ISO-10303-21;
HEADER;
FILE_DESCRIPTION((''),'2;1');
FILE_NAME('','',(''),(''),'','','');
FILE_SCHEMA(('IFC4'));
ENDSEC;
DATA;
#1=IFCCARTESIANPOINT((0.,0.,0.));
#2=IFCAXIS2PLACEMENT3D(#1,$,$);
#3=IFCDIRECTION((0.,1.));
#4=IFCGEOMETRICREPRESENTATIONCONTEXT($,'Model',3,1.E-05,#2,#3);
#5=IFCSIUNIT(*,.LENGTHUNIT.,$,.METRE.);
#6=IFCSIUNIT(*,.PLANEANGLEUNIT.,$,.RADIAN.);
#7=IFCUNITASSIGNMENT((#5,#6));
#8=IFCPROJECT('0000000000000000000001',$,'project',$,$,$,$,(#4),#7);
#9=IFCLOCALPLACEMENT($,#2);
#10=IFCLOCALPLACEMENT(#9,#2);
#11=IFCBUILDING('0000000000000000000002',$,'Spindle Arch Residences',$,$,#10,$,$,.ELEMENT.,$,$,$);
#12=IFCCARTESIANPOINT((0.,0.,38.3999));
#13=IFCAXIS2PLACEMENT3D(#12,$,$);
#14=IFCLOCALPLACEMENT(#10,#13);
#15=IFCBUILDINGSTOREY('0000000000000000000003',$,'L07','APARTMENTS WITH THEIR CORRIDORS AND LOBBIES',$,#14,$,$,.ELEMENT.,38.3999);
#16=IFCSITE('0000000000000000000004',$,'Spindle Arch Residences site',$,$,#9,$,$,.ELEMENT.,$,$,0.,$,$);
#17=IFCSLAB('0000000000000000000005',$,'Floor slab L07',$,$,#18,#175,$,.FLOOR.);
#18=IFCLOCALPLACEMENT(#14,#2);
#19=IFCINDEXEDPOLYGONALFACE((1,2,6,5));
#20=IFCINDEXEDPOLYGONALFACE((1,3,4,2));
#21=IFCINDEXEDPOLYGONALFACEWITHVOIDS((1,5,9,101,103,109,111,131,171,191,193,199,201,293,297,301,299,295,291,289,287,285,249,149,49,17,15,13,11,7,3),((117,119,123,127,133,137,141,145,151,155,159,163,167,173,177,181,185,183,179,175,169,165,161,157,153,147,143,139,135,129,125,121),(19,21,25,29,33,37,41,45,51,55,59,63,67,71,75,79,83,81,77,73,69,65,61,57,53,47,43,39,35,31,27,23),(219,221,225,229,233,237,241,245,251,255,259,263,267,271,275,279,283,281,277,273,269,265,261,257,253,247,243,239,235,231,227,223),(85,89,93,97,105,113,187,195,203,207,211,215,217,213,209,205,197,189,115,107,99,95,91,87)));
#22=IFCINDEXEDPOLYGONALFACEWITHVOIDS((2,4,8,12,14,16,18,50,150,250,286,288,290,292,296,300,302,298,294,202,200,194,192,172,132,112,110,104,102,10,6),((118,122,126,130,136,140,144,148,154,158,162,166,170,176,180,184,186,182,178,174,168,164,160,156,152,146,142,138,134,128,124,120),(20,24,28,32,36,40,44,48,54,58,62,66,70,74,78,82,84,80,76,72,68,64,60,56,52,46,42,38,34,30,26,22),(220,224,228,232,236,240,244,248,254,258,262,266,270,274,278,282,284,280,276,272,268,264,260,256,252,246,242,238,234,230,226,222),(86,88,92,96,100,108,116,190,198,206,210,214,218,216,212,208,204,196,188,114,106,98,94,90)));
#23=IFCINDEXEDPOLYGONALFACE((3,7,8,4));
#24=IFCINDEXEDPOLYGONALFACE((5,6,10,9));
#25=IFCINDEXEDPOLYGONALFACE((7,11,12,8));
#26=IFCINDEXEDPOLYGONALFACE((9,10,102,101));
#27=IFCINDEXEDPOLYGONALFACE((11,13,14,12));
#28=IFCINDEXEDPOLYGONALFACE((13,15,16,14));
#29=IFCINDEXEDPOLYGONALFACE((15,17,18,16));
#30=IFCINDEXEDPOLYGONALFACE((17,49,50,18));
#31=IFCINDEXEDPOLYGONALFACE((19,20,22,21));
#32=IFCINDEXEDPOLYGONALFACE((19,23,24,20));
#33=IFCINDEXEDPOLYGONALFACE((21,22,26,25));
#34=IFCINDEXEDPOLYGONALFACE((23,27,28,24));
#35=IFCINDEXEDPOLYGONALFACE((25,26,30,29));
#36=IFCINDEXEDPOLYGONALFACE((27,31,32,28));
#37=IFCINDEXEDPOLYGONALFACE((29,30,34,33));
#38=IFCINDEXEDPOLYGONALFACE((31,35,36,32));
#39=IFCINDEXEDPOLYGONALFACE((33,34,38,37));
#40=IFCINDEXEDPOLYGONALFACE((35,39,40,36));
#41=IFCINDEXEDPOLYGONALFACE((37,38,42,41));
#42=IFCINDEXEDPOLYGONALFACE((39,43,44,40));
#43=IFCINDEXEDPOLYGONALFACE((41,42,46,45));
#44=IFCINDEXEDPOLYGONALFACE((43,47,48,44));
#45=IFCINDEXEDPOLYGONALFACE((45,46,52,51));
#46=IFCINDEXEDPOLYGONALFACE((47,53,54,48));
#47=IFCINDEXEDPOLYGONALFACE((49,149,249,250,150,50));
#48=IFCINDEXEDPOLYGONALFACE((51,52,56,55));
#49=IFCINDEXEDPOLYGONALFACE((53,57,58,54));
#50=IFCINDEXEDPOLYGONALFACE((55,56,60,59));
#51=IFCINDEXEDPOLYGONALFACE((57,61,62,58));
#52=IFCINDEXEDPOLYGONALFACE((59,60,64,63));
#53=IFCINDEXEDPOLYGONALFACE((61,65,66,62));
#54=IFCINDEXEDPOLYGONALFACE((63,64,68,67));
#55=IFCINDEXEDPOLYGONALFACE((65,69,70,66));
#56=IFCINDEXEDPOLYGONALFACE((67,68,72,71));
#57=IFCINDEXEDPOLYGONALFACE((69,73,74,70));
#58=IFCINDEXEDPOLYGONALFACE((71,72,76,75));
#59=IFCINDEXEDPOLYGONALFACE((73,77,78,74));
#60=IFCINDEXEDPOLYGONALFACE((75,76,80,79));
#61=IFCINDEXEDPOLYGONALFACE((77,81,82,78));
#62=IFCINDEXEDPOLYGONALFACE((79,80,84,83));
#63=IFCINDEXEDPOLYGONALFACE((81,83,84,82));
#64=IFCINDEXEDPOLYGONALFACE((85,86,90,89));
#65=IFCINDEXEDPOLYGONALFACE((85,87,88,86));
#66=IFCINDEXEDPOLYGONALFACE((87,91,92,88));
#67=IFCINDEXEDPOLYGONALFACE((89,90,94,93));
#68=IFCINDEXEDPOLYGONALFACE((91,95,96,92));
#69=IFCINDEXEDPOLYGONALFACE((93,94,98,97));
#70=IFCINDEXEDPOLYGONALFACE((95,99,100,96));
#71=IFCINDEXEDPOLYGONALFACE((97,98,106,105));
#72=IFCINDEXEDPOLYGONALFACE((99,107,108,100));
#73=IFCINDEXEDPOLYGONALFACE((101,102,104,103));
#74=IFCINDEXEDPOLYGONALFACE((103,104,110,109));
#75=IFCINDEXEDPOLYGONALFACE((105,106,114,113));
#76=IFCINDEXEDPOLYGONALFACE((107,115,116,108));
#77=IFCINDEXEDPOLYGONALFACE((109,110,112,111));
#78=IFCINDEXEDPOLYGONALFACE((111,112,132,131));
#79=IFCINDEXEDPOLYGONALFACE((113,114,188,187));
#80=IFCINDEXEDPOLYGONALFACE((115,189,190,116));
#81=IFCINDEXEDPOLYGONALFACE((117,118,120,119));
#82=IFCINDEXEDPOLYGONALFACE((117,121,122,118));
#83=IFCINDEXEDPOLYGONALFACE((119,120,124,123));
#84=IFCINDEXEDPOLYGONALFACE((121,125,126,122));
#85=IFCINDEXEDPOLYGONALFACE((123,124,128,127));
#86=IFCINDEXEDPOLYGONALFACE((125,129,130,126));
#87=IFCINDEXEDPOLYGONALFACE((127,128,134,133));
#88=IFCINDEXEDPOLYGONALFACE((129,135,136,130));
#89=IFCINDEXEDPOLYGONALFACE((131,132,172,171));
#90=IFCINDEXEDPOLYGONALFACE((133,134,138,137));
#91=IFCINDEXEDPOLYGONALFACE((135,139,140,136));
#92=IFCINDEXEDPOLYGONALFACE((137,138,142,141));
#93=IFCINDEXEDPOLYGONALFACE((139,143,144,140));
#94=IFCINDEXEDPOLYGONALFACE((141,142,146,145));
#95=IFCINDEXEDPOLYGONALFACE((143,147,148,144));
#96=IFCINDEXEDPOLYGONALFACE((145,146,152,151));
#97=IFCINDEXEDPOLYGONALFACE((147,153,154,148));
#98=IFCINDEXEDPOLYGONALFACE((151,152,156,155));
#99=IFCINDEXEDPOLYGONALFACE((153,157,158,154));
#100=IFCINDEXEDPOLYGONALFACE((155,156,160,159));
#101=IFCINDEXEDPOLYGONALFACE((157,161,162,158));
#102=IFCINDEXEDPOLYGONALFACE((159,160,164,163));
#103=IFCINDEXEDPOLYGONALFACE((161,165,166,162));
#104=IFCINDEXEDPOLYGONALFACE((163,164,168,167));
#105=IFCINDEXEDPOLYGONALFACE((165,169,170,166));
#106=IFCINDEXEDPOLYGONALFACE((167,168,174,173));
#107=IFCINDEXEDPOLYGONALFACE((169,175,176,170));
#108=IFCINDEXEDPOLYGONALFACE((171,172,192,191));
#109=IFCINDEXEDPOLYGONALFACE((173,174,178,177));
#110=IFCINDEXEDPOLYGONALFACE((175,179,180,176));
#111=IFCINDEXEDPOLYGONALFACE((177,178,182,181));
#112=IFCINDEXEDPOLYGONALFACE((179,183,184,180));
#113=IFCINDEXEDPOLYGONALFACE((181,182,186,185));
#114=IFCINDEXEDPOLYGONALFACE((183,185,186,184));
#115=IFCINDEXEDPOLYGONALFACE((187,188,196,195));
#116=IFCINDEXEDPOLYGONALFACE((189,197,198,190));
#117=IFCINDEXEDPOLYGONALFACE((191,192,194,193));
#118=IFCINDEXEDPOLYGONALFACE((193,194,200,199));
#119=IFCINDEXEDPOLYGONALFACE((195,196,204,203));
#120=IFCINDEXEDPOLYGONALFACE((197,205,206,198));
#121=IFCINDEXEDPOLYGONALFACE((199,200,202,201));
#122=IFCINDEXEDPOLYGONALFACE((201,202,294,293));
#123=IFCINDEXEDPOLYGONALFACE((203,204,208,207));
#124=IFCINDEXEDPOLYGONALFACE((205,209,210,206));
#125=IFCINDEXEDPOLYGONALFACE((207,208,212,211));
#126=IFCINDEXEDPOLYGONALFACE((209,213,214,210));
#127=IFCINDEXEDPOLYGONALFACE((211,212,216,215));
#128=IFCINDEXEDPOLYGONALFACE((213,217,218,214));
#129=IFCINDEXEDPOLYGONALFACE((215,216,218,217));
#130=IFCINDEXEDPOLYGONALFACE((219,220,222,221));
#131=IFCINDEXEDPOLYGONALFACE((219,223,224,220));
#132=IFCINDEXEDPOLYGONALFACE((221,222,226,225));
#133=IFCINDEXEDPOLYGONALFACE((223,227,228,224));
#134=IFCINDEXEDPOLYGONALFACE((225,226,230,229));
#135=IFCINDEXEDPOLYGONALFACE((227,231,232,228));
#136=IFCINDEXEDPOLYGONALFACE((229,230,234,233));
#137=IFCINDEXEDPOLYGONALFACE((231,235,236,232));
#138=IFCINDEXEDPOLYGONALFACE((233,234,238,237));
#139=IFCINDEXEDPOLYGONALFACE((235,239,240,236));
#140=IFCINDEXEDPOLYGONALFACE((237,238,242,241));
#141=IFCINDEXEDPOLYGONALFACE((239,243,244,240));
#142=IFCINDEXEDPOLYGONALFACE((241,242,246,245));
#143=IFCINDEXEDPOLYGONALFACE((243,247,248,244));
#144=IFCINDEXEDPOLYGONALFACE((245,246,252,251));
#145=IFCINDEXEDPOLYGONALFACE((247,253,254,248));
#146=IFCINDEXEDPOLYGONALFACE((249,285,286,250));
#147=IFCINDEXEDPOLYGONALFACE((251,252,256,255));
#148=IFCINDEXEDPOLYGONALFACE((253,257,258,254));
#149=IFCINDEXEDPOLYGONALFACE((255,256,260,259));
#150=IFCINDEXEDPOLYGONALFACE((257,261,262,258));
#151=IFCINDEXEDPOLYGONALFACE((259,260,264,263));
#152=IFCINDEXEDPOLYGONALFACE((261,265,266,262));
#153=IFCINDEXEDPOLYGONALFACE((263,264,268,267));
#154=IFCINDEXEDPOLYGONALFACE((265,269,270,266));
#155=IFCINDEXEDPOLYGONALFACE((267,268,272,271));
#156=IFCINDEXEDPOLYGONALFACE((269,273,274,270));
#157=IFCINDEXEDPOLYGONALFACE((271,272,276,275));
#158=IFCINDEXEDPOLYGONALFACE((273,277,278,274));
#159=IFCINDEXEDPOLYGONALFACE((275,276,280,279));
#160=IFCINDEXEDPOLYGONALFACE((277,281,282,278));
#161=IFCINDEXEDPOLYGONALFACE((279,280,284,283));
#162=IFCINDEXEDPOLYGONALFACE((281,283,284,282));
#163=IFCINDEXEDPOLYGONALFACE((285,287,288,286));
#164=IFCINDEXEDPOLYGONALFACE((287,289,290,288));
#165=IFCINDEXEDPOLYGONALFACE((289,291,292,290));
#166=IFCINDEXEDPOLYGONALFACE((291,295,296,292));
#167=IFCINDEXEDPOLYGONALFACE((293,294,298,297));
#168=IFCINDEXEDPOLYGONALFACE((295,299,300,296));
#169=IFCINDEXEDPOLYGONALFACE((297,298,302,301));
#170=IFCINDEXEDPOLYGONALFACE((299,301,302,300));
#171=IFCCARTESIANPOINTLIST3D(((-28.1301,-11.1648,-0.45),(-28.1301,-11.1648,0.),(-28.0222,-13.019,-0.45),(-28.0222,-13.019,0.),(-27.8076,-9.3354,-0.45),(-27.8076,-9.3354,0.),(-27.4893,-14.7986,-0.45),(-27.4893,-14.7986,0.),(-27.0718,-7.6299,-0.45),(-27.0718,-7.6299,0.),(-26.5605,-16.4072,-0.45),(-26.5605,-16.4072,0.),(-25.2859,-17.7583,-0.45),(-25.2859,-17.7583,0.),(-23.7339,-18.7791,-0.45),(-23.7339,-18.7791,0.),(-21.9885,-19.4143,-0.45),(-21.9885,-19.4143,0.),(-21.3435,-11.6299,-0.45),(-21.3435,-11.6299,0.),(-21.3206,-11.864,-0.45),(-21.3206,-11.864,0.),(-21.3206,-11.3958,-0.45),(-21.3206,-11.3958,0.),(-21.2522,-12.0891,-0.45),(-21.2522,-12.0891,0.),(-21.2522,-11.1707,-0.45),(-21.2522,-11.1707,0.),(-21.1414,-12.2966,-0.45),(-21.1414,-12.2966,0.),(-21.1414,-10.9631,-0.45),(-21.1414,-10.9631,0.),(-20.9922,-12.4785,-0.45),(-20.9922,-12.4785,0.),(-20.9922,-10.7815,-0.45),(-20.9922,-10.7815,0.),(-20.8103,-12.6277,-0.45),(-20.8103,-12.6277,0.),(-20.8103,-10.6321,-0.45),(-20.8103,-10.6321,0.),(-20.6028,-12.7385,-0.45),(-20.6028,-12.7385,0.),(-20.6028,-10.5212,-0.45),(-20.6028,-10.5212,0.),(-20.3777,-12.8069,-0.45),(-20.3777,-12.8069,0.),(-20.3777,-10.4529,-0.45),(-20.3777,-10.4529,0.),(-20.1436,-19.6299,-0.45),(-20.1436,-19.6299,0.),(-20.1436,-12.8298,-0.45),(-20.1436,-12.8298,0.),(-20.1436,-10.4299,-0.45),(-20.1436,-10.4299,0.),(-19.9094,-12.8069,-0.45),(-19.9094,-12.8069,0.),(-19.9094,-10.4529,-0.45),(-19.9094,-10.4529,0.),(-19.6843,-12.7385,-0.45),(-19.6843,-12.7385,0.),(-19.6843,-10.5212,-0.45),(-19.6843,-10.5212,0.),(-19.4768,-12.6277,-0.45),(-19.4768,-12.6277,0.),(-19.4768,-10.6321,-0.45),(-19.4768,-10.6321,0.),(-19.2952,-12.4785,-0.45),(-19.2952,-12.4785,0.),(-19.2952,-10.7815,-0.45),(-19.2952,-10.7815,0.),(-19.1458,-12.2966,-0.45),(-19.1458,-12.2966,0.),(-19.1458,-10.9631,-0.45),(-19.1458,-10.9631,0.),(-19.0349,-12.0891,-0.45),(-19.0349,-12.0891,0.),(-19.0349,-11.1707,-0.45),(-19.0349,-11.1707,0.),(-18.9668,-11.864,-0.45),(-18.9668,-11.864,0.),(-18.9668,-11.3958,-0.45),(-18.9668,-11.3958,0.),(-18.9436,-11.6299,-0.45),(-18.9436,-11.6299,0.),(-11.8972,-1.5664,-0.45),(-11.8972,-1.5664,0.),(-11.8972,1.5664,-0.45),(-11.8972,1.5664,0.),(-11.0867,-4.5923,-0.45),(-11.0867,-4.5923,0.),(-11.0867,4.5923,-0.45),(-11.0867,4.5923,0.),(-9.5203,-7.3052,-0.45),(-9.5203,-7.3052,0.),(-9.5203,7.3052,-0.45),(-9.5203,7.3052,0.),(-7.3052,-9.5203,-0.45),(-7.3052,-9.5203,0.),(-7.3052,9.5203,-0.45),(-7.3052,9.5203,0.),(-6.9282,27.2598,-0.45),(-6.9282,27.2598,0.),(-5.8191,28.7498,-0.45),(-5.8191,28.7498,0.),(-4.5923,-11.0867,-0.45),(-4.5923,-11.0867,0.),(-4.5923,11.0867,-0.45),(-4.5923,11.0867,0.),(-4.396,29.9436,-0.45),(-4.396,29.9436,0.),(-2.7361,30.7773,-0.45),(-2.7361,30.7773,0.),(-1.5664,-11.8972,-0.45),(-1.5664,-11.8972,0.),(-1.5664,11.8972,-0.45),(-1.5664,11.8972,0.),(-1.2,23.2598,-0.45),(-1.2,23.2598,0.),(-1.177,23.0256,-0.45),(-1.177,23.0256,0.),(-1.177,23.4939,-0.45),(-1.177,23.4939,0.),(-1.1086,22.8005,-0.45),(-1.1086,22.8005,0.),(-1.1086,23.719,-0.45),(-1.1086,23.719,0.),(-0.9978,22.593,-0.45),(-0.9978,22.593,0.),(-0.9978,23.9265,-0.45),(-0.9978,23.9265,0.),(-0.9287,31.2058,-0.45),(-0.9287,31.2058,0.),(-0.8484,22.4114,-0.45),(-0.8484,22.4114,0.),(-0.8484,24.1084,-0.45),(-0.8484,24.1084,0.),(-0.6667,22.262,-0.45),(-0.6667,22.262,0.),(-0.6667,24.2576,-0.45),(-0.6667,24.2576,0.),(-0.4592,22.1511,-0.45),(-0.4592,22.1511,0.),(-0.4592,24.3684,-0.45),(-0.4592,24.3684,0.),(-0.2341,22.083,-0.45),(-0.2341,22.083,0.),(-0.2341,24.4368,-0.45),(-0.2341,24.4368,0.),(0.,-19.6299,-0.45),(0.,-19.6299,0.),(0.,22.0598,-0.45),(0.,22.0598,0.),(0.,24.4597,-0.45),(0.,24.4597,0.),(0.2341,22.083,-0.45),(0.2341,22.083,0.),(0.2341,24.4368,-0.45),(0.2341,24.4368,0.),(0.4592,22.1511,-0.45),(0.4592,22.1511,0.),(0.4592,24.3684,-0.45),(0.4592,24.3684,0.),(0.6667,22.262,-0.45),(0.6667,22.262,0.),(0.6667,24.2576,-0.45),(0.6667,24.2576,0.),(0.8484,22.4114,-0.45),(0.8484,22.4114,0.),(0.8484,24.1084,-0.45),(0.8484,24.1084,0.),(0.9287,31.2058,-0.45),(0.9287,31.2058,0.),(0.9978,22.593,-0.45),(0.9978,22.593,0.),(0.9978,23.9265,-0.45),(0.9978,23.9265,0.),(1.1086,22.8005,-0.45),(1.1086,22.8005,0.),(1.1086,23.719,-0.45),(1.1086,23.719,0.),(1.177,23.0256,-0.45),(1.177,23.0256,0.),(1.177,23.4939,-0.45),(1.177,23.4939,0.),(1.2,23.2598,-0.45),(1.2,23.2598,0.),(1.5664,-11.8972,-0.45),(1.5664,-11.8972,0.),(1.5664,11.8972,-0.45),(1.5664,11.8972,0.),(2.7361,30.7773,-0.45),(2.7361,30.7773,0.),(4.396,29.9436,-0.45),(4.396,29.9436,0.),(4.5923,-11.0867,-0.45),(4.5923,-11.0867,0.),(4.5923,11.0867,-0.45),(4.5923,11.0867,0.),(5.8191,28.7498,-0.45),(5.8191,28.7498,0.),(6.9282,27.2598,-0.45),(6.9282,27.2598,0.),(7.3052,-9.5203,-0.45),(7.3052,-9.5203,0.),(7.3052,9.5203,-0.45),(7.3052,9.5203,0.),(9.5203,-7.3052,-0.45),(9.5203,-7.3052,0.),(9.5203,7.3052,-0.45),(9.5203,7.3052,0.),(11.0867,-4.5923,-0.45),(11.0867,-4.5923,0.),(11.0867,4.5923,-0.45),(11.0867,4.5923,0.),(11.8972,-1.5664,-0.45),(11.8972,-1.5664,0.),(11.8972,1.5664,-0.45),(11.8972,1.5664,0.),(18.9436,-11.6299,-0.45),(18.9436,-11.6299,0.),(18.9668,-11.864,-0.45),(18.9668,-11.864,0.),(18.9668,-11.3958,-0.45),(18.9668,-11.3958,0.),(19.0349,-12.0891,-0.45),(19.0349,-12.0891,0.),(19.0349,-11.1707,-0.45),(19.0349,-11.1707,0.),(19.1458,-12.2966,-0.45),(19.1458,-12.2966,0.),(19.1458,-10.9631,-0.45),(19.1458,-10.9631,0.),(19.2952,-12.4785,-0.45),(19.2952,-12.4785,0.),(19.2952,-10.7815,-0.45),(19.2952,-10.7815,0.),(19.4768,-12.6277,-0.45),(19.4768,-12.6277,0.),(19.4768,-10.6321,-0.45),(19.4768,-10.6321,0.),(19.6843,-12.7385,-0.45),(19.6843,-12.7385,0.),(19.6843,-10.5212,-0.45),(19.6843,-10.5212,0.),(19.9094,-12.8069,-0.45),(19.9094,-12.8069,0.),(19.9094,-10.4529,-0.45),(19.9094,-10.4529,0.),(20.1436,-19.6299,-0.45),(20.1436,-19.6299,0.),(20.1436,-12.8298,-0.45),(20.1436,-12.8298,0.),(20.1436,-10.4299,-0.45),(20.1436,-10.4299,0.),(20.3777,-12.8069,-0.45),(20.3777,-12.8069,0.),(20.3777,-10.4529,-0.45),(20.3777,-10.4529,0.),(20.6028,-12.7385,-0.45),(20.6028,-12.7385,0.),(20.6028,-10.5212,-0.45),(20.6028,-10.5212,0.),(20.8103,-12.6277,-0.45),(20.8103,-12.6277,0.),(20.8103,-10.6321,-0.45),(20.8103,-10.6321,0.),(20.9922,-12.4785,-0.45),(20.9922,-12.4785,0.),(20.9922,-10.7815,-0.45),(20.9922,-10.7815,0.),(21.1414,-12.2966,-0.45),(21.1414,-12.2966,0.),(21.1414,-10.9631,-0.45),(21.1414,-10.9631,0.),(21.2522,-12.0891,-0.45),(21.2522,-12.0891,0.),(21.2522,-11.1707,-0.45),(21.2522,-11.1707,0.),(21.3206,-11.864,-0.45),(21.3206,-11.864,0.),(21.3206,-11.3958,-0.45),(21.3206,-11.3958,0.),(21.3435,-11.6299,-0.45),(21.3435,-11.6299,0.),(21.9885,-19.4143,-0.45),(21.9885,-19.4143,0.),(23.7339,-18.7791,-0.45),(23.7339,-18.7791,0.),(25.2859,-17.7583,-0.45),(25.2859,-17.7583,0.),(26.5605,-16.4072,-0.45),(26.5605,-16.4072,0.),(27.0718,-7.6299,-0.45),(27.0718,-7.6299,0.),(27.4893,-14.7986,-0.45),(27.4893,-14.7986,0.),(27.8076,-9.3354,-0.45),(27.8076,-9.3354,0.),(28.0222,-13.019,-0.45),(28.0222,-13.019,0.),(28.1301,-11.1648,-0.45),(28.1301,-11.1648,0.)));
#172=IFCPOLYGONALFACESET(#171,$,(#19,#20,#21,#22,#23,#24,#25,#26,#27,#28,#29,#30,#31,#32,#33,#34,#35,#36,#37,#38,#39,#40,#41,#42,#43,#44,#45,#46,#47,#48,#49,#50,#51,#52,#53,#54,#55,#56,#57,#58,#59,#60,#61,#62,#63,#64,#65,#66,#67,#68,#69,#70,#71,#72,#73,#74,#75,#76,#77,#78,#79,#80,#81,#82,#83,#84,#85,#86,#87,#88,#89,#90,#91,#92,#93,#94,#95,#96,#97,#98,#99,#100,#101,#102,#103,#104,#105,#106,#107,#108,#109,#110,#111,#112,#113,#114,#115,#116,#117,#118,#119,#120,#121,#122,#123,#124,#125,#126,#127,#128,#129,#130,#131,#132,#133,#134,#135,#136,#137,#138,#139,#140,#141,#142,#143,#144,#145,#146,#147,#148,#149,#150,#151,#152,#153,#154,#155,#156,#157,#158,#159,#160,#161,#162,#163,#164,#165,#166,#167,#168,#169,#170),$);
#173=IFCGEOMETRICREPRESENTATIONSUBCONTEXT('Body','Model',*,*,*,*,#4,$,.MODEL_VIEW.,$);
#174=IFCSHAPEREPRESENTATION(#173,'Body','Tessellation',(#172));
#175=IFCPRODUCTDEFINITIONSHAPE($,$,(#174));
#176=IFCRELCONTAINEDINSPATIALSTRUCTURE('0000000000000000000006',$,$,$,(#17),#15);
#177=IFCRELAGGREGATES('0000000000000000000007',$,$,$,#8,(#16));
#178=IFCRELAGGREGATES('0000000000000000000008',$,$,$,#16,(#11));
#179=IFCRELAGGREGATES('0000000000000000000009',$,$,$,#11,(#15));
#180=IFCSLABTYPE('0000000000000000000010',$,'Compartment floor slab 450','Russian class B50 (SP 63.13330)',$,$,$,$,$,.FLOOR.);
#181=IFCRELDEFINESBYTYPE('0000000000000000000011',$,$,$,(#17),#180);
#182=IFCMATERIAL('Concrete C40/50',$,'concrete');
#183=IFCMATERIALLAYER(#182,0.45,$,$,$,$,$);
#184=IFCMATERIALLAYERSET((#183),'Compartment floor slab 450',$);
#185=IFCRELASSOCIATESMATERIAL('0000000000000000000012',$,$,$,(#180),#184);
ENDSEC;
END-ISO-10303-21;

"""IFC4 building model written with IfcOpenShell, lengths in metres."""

from ifc_helpers import new_model, si_unit, direction, frame, origin, place, context, subcontext, project, spatial, polyline, outline, extrude, material, layer, layer_set, type_object, element, save


model = new_model("IFC4")

# Units and contexts
model_context = context("Model", 3, precision=1e-05, world=origin(), true_north=direction((0.0, 1.0)))
body_context = subcontext(model_context, "Body", "Model", "MODEL_VIEW")
ifc_project = project(units=[si_unit("LENGTHUNIT", "METRE"), si_unit("PLANEANGLEUNIT", "RADIAN")], contexts=[model_context])

# Site, building, storey
site_placement = place(None, origin())
site = spatial("IfcSite", under=ifc_project, at=site_placement, Name="Spindle Arch Residences site", CompositionType="ELEMENT", RefElevation=0.0)
building_placement = place(site_placement, origin())
building = spatial("IfcBuilding", under=site, at=building_placement, Name="Spindle Arch Residences", CompositionType="ELEMENT")
storey_placement = place(building_placement, frame((0.0, 0.0, 38.3999)))
storey = spatial("IfcBuildingStorey", under=building, at=storey_placement, Name="L07", Description="APARTMENTS WITH THEIR CORRIDORS AND LOBBIES", CompositionType="ELEMENT", Elevation=38.3999)

# Slab
ifc_material_1 = material(Name="Concrete C40/50", Category="concrete")
ifc_layer_1 = layer(ifc_material_1, 0.45)
ifc_layer_set_1 = layer_set([ifc_layer_1], Name="Compartment floor slab 450")
slab_type_1 = type_object("IfcSlabType", Name="Compartment floor slab 450", Description="Russian class B50 (SP 63.13330)", PredefinedType="FLOOR", material=ifc_layer_set_1)
slab_1_placement = place(storey_placement, frame((0.0, 0.0, -0.45)))
element("IfcSlab", 1, at=slab_1_placement, inside=storey, type_object=slab_type_1, Name="Floor slab L07", PredefinedType="FLOOR", context=body_context, shape_type="SweptSolid", body=[
    extrude(outline(polyline([(-21.9885, -19.4143), (-23.7339, -18.7791), (-25.2859, -17.7583), (-26.5605, -16.4072), (-27.4893, -14.7986), (-28.0222, -13.019), (-28.1301, -11.1648), (-27.8076, -9.3354), (-27.0718, -7.6299), (-6.9282, 27.2598), (-5.8191, 28.7498), (-4.396, 29.9436), (-2.7361, 30.7773), (-0.9287, 31.2058), (0.9287, 31.2058), (2.7361, 30.7773), (4.396, 29.9436), (5.8191, 28.7498), (6.9282, 27.2598), (27.0718, -7.6299), (27.8076, -9.3354), (28.1301, -11.1648), (28.0222, -13.019), (27.4893, -14.7986), (26.5605, -16.4072), (25.2859, -17.7583), (23.7339, -18.7791), (21.9885, -19.4143), (20.1436, -19.6299), (0.0, -19.6299), (-20.1436, -19.6299), (-21.9885, -19.4143)]), holes=[polyline([(7.3052, -9.5203), (9.5203, -7.3052), (11.0867, -4.5923), (11.8972, -1.5664), (11.8972, 1.5664), (11.0867, 4.5923), (9.5203, 7.3052), (7.3052, 9.5203), (4.5923, 11.0867), (1.5664, 11.8972), (-1.5664, 11.8972), (-4.5923, 11.0867), (-7.3052, 9.5203), (-9.5203, 7.3052), (-11.0867, 4.5923), (-11.8972, 1.5664), (-11.8972, -1.5664), (-11.0867, -4.5923), (-9.5203, -7.3052), (-7.3052, -9.5203), (-4.5923, -11.0867), (-1.5664, -11.8972), (1.5664, -11.8972), (4.5923, -11.0867), (7.3052, -9.5203)]), polyline([(-19.2952, -12.4785), (-19.1458, -12.2966), (-19.0349, -12.0891), (-18.9668, -11.864), (-18.9436, -11.6299), (-18.9668, -11.3958), (-19.0349, -11.1707), (-19.1458, -10.9631), (-19.2952, -10.7815), (-19.4768, -10.6321), (-19.6843, -10.5212), (-19.9094, -10.4529), (-20.1436, -10.4299), (-20.3777, -10.4529), (-20.6028, -10.5212), (-20.8103, -10.6321), (-20.9922, -10.7815), (-21.1414, -10.9631), (-21.2522, -11.1707), (-21.3206, -11.3958), (-21.3435, -11.6299), (-21.3206, -11.864), (-21.2522, -12.0891), (-21.1414, -12.2966), (-20.9922, -12.4785), (-20.8103, -12.6277), (-20.6028, -12.7385), (-20.3777, -12.8069), (-20.1436, -12.8298), (-19.9094, -12.8069), (-19.6843, -12.7385), (-19.4768, -12.6277), (-19.2952, -12.4785)]), polyline([(0.8484, 22.4114), (0.9978, 22.593), (1.1086, 22.8005), (1.177, 23.0256), (1.2, 23.2598), (1.177, 23.4939), (1.1086, 23.719), (0.9978, 23.9265), (0.8484, 24.1084), (0.6667, 24.2576), (0.4592, 24.3684), (0.2341, 24.4368), (0.0, 24.4597), (-0.2341, 24.4368), (-0.4592, 24.3684), (-0.6667, 24.2576), (-0.8484, 24.1084), (-0.9978, 23.9265), (-1.1086, 23.719), (-1.177, 23.4939), (-1.2, 23.2598), (-1.177, 23.0256), (-1.1086, 22.8005), (-0.9978, 22.593), (-0.8484, 22.4114), (-0.6667, 22.262), (-0.4592, 22.1511), (-0.2341, 22.083), (0.0, 22.0598), (0.2341, 22.083), (0.4592, 22.1511), (0.6667, 22.262), (0.8484, 22.4114)]), polyline([(20.9922, -12.4785), (21.1414, -12.2966), (21.2522, -12.0891), (21.3206, -11.864), (21.3435, -11.6299), (21.3206, -11.3958), (21.2522, -11.1707), (21.1414, -10.9631), (20.9922, -10.7815), (20.8103, -10.6321), (20.6028, -10.5212), (20.3777, -10.4529), (20.1436, -10.4299), (19.9094, -10.4529), (19.6843, -10.5212), (19.4768, -10.6321), (19.2952, -10.7815), (19.1458, -10.9631), (19.0349, -11.1707), (18.9668, -11.3958), (18.9436, -11.6299), (18.9668, -11.864), (19.0349, -12.0891), (19.1458, -12.2966), (19.2952, -12.4785), (19.4768, -12.6277), (19.6843, -12.7385), (19.9094, -12.8069), (20.1436, -12.8298), (20.3777, -12.8069), (20.6028, -12.7385), (20.8103, -12.6277), (20.9922, -12.4785)])]), origin(), (0.0, 0.0, 1.0), 0.45),
])

save(model, "model.ifc")
